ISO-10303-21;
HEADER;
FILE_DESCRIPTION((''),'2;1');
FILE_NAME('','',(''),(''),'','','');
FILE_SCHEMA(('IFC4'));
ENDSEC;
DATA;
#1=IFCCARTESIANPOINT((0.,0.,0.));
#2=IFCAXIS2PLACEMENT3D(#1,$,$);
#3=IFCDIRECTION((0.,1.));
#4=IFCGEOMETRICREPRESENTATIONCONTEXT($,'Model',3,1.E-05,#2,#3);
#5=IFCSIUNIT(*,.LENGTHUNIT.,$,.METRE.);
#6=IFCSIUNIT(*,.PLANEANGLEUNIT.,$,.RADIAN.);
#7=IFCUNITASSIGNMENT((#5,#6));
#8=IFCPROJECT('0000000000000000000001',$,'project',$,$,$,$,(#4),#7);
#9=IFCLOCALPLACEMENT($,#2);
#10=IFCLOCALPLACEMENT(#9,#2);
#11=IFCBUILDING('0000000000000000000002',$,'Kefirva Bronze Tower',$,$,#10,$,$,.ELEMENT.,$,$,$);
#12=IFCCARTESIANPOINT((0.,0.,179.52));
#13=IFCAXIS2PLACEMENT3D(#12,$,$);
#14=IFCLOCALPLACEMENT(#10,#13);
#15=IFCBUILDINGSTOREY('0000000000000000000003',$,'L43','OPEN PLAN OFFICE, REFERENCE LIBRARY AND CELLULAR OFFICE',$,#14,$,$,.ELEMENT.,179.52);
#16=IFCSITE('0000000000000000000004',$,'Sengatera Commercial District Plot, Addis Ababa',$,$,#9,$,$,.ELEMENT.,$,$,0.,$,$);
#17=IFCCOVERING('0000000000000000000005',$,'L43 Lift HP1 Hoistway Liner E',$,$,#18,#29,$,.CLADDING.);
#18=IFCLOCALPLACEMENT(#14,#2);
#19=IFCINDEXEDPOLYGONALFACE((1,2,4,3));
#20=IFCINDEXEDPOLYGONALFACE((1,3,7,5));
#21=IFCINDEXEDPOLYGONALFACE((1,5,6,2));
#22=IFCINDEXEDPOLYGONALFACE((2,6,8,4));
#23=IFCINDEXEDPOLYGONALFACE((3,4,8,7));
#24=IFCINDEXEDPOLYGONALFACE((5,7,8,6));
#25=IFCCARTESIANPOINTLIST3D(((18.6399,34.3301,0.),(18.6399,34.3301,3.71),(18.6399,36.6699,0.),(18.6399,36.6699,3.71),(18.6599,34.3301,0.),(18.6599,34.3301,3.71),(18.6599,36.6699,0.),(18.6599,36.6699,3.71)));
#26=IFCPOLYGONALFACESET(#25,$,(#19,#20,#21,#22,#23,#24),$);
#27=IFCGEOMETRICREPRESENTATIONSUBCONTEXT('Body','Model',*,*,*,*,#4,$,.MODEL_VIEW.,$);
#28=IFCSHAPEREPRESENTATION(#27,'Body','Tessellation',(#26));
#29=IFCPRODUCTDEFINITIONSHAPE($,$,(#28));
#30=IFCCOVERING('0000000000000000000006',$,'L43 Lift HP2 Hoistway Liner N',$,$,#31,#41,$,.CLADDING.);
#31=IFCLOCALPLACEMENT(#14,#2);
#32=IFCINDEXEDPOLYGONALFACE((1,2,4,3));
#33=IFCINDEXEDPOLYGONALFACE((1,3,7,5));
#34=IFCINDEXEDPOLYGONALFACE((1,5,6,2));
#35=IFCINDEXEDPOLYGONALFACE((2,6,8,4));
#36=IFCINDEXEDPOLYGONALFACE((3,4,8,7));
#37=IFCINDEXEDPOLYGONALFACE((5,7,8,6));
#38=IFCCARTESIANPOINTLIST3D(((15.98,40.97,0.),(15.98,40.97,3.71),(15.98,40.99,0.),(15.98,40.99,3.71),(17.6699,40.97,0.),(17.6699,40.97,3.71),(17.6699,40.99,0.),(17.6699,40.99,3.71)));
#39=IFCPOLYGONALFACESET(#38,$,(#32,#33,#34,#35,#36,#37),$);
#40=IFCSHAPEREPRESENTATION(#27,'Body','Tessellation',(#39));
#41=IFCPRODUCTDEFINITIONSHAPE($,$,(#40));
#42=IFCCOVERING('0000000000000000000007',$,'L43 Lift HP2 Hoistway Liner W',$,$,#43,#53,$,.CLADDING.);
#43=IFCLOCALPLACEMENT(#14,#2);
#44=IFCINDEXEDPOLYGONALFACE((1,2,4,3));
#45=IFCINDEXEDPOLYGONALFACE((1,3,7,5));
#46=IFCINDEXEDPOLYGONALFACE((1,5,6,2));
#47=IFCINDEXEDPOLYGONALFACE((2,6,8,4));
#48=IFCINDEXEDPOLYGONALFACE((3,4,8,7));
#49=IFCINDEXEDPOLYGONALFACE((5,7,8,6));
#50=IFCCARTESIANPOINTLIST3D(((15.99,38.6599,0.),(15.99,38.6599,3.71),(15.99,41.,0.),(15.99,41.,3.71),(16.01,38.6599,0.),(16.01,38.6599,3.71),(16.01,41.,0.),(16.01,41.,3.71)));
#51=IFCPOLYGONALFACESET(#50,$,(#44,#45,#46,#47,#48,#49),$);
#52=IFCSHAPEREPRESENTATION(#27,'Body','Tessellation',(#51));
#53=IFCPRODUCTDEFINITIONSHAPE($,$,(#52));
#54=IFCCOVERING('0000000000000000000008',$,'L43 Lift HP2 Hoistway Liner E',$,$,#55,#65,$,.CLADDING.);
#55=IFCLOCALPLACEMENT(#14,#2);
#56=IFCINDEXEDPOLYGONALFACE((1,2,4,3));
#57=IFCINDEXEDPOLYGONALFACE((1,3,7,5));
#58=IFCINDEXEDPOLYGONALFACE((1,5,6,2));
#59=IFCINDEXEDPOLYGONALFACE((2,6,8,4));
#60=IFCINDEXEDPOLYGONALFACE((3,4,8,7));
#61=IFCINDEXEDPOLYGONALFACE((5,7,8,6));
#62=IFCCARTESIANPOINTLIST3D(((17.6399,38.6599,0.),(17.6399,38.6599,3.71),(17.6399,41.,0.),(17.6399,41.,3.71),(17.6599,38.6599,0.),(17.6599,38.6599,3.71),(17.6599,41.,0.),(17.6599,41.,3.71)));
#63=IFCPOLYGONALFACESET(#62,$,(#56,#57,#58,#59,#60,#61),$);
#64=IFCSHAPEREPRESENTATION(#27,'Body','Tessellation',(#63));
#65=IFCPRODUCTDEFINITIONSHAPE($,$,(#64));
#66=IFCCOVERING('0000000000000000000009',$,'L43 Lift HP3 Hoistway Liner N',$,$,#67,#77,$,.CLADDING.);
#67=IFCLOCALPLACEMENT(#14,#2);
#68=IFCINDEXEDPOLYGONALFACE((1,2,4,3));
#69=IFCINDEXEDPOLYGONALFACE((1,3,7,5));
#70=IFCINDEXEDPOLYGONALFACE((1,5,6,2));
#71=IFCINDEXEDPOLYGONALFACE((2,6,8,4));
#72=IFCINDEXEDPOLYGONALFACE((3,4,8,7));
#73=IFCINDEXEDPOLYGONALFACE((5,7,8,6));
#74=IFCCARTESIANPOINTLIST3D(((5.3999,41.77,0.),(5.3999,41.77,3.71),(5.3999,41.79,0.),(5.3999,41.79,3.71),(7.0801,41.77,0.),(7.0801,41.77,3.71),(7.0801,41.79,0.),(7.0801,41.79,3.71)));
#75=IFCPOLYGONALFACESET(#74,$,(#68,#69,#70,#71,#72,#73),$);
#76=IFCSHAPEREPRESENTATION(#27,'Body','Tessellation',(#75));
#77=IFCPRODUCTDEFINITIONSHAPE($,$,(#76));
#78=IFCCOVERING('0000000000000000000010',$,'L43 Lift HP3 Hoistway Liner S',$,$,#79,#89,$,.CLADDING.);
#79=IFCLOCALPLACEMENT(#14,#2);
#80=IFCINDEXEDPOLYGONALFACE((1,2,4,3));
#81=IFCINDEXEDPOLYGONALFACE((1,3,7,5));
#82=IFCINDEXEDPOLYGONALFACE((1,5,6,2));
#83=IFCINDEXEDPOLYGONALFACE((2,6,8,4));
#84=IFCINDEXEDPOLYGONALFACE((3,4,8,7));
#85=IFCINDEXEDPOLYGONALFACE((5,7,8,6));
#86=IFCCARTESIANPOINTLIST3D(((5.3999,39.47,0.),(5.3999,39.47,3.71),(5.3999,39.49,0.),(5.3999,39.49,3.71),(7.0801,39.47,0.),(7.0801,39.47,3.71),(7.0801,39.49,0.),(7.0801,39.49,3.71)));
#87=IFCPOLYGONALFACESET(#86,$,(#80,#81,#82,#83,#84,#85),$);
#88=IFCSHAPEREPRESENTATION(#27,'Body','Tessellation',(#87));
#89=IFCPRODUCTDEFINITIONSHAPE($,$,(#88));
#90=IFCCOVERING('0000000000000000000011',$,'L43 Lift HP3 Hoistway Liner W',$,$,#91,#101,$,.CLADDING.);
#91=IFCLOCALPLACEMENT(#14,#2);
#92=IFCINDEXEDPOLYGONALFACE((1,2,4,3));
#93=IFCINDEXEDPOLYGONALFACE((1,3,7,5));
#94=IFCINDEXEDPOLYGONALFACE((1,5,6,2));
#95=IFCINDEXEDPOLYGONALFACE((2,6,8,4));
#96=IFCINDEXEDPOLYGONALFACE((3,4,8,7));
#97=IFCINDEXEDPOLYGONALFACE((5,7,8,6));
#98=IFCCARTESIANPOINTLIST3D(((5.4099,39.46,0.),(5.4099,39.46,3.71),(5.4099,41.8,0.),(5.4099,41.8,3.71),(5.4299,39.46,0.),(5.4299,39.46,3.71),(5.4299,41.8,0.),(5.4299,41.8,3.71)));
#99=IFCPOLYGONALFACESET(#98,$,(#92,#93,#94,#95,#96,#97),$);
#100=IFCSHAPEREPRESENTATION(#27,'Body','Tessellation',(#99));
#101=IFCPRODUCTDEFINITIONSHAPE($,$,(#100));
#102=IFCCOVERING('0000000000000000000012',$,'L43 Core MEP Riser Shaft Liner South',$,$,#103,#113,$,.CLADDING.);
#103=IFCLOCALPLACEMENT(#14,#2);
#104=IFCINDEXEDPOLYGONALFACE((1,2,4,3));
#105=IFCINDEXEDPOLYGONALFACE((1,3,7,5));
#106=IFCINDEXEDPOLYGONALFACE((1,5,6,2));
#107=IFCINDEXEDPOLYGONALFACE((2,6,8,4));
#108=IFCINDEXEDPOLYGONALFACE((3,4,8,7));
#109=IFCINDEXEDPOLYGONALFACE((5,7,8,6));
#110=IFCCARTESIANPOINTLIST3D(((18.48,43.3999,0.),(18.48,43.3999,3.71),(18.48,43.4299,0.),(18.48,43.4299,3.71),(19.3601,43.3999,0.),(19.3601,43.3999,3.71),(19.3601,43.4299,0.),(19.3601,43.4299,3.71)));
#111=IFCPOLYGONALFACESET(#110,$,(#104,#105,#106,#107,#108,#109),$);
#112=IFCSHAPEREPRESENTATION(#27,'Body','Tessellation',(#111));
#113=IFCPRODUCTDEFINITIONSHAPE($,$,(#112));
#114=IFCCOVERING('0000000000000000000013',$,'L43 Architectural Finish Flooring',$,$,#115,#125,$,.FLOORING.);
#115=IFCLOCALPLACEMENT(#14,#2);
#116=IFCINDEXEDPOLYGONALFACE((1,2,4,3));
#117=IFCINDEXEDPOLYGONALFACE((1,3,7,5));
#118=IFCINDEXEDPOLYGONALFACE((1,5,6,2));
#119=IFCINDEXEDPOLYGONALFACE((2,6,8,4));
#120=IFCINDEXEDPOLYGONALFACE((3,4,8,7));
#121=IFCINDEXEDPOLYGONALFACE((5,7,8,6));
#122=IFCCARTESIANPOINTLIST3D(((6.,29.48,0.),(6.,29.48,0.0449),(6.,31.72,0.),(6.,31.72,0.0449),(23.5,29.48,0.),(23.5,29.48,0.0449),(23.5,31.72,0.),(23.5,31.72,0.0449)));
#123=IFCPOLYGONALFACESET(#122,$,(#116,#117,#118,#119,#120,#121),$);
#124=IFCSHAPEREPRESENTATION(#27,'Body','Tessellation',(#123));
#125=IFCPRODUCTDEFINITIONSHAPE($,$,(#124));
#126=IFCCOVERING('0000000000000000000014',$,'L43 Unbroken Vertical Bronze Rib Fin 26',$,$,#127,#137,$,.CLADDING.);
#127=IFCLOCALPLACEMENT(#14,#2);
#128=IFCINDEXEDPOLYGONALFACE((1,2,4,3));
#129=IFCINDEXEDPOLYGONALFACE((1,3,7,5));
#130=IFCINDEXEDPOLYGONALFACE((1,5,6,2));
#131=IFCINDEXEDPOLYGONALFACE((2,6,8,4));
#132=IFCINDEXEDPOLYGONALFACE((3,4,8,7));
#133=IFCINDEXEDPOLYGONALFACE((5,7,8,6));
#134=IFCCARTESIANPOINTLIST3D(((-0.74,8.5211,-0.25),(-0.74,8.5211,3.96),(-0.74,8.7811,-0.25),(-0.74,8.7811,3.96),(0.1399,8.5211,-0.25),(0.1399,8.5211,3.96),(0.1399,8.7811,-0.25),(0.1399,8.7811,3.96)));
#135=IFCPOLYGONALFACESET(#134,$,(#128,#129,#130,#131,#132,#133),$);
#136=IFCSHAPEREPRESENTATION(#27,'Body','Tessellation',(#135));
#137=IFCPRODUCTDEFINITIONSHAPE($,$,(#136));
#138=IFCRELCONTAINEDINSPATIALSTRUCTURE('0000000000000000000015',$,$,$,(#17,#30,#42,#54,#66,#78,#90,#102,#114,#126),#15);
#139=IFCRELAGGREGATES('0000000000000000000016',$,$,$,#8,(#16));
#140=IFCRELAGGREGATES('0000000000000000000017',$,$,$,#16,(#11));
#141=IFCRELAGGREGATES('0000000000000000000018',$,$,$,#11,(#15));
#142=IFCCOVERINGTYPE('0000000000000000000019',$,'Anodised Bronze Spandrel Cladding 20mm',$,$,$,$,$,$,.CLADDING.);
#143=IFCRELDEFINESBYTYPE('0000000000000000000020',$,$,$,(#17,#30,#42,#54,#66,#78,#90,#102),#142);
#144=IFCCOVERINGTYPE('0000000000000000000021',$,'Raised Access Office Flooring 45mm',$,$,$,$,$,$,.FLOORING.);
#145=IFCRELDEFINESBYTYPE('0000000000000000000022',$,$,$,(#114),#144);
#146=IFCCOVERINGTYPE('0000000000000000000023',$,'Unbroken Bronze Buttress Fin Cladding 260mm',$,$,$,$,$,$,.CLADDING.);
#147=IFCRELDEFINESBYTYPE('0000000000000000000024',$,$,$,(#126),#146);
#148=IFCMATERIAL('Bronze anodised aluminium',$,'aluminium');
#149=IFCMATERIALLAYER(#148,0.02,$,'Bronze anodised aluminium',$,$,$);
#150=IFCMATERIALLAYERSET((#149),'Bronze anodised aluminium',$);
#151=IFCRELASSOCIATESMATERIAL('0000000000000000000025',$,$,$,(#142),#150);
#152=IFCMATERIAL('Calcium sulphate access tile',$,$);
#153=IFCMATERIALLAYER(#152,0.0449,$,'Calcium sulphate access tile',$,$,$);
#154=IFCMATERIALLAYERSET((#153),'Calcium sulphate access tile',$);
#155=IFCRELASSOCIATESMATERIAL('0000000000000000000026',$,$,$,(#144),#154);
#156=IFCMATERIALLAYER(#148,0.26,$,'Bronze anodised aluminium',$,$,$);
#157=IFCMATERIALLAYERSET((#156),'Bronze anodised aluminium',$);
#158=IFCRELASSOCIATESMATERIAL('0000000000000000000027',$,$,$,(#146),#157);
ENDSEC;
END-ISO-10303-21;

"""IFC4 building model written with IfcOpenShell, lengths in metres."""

from ifc_helpers import new_model, si_unit, direction, frame, origin, origin_2d, place, context, subcontext, project, spatial, polyline, rectangle, outline, extrude, material, layer, layer_set, type_object, element, save


model = new_model("IFC4")

# Units and contexts
model_context = context("Model", 3, precision=1e-05, world=origin(), true_north=direction((0.0, 1.0)))
body_context = subcontext(model_context, "Body", "Model", "MODEL_VIEW")
ifc_project = project(units=[si_unit("LENGTHUNIT", "METRE"), si_unit("PLANEANGLEUNIT", "RADIAN")], contexts=[model_context])

# Site, building, storey
site_placement = place(None, origin())
site = spatial("IfcSite", under=ifc_project, at=site_placement, Name="Sengatera Commercial District Plot, Addis Ababa", CompositionType="ELEMENT", RefElevation=0.0)
building_placement = place(site_placement, origin())
building = spatial("IfcBuilding", under=site, at=building_placement, Name="Kefirva Bronze Tower", CompositionType="ELEMENT")
storey_placement = place(building_placement, frame((0.0, 0.0, 179.52)))
storey = spatial("IfcBuildingStorey", under=building, at=storey_placement, Name="L43", Description="OPEN PLAN OFFICE, REFERENCE LIBRARY AND CELLULAR OFFICE", CompositionType="ELEMENT", Elevation=179.52)

# Shared definitions
ifc_material_1 = material(Name="Bronze anodised aluminium", Category="aluminium")

# Coverings
ifc_layer_1 = layer(ifc_material_1, 0.02, Name="Bronze anodised aluminium")
ifc_layer_set_1 = layer_set([ifc_layer_1], Name="Bronze anodised aluminium")
covering_type_1 = type_object("IfcCoveringType", Name="Anodised Bronze Spandrel Cladding 20mm", PredefinedType="CLADDING", material=ifc_layer_set_1)
covering_1_placement = place(storey_placement, origin())
element("IfcCovering", 1, at=covering_1_placement, inside=storey, type_object=covering_type_1, Name="L43 Lift HP1 Hoistway Liner E", PredefinedType="CLADDING", context=body_context, shape_type="SweptSolid", body=[
    extrude(outline(polyline([(18.6399, 34.3301), (18.6599, 34.3301), (18.6599, 36.6699), (18.6399, 36.6699), (18.6399, 34.3301)])), origin(), (0.0, 0.0, 1.0), 3.71),
])
covering_2_placement = place(storey_placement, origin())
element("IfcCovering", 2, at=covering_2_placement, inside=storey, type_object=covering_type_1, Name="L43 Lift HP2 Hoistway Liner N", PredefinedType="CLADDING", context=body_context, shape_type="SweptSolid", body=[
    extrude(outline(polyline([(15.98, 40.97), (17.6699, 40.97), (17.6699, 40.99), (15.98, 40.99), (15.98, 40.97)])), origin(), (0.0, 0.0, 1.0), 3.71),
])
covering_3_placement = place(storey_placement, origin())
element("IfcCovering", 3, at=covering_3_placement, inside=storey, type_object=covering_type_1, Name="L43 Lift HP2 Hoistway Liner W", PredefinedType="CLADDING", context=body_context, shape_type="SweptSolid", body=[
    extrude(outline(polyline([(15.99, 38.6599), (16.01, 38.6599), (16.01, 41.0), (15.99, 41.0), (15.99, 38.6599)])), origin(), (0.0, 0.0, 1.0), 3.71),
])
covering_4_placement = place(storey_placement, origin())
element("IfcCovering", 4, at=covering_4_placement, inside=storey, type_object=covering_type_1, Name="L43 Lift HP2 Hoistway Liner E", PredefinedType="CLADDING", context=body_context, shape_type="SweptSolid", body=[
    extrude(outline(polyline([(17.6399, 38.6599), (17.6599, 38.6599), (17.6599, 41.0), (17.6399, 41.0), (17.6399, 38.6599)])), origin(), (0.0, 0.0, 1.0), 3.71),
])
covering_5_placement = place(storey_placement, origin())
element("IfcCovering", 5, at=covering_5_placement, inside=storey, type_object=covering_type_1, Name="L43 Lift HP3 Hoistway Liner N", PredefinedType="CLADDING", context=body_context, shape_type="SweptSolid", body=[
    extrude(outline(polyline([(5.3999, 41.77), (7.0801, 41.77), (7.0801, 41.79), (5.3999, 41.79), (5.3999, 41.77)])), origin(), (0.0, 0.0, 1.0), 3.71),
])
covering_6_placement = place(storey_placement, origin())
element("IfcCovering", 6, at=covering_6_placement, inside=storey, type_object=covering_type_1, Name="L43 Lift HP3 Hoistway Liner S", PredefinedType="CLADDING", context=body_context, shape_type="SweptSolid", body=[
    extrude(outline(polyline([(5.3999, 39.47), (7.0801, 39.47), (7.0801, 39.49), (5.3999, 39.49), (5.3999, 39.47)])), origin(), (0.0, 0.0, 1.0), 3.71),
])
covering_7_placement = place(storey_placement, origin())
element("IfcCovering", 7, at=covering_7_placement, inside=storey, type_object=covering_type_1, Name="L43 Lift HP3 Hoistway Liner W", PredefinedType="CLADDING", context=body_context, shape_type="SweptSolid", body=[
    extrude(outline(polyline([(5.4099, 39.46), (5.4299, 39.46), (5.4299, 41.8), (5.4099, 41.8), (5.4099, 39.46)])), origin(), (0.0, 0.0, 1.0), 3.71),
])
covering_8_placement = place(storey_placement, origin())
element("IfcCovering", 8, at=covering_8_placement, inside=storey, type_object=covering_type_1, Name="L43 Core MEP Riser Shaft Liner South", PredefinedType="CLADDING", context=body_context, shape_type="SweptSolid", body=[
    extrude(outline(polyline([(18.48, 43.3999), (19.3601, 43.3999), (19.3601, 43.4299), (18.48, 43.4299), (18.48, 43.3999)])), origin(), (0.0, 0.0, 1.0), 3.71),
])
ifc_material_2 = material(Name="Calcium sulphate access tile")
ifc_layer_2 = layer(ifc_material_2, 0.0449, Name="Calcium sulphate access tile")
ifc_layer_set_2 = layer_set([ifc_layer_2], Name="Calcium sulphate access tile")
covering_type_2 = type_object("IfcCoveringType", Name="Raised Access Office Flooring 45mm", PredefinedType="FLOORING", material=ifc_layer_set_2)
covering_9_placement = place(storey_placement, origin())
element("IfcCovering", 9, at=covering_9_placement, inside=storey, type_object=covering_type_2, Name="L43 Architectural Finish Flooring", PredefinedType="FLOORING", context=body_context, shape_type="SweptSolid", body=[
    extrude(outline(polyline([(6.0, 29.48), (23.5, 29.48), (23.5, 31.72), (6.0, 31.72), (6.0, 29.48)])), origin(), (0.0, 0.0, 1.0), 0.0449),
])
ifc_layer_3 = layer(ifc_material_1, 0.26, Name="Bronze anodised aluminium")
ifc_layer_set_3 = layer_set([ifc_layer_3], Name="Bronze anodised aluminium")
covering_type_3 = type_object("IfcCoveringType", Name="Unbroken Bronze Buttress Fin Cladding 260mm", PredefinedType="CLADDING", material=ifc_layer_set_3)
covering_10_placement = place(storey_placement, frame((-0.3, 8.6511, -0.25), z_axis=(0.0, 0.0, 1.0), x_axis=(0.0, -1.0, 0.0)))
element("IfcCovering", 10, at=covering_10_placement, inside=storey, type_object=covering_type_3, Name="L43 Unbroken Vertical Bronze Rib Fin 26", PredefinedType="CLADDING", context=body_context, shape_type="SweptSolid", body=[
    extrude(rectangle(XDim=0.26, YDim=0.8799, at=origin_2d()), origin(), (0.0, 0.0, 1.0), 4.21),
])

save(model, "model.ifc")
